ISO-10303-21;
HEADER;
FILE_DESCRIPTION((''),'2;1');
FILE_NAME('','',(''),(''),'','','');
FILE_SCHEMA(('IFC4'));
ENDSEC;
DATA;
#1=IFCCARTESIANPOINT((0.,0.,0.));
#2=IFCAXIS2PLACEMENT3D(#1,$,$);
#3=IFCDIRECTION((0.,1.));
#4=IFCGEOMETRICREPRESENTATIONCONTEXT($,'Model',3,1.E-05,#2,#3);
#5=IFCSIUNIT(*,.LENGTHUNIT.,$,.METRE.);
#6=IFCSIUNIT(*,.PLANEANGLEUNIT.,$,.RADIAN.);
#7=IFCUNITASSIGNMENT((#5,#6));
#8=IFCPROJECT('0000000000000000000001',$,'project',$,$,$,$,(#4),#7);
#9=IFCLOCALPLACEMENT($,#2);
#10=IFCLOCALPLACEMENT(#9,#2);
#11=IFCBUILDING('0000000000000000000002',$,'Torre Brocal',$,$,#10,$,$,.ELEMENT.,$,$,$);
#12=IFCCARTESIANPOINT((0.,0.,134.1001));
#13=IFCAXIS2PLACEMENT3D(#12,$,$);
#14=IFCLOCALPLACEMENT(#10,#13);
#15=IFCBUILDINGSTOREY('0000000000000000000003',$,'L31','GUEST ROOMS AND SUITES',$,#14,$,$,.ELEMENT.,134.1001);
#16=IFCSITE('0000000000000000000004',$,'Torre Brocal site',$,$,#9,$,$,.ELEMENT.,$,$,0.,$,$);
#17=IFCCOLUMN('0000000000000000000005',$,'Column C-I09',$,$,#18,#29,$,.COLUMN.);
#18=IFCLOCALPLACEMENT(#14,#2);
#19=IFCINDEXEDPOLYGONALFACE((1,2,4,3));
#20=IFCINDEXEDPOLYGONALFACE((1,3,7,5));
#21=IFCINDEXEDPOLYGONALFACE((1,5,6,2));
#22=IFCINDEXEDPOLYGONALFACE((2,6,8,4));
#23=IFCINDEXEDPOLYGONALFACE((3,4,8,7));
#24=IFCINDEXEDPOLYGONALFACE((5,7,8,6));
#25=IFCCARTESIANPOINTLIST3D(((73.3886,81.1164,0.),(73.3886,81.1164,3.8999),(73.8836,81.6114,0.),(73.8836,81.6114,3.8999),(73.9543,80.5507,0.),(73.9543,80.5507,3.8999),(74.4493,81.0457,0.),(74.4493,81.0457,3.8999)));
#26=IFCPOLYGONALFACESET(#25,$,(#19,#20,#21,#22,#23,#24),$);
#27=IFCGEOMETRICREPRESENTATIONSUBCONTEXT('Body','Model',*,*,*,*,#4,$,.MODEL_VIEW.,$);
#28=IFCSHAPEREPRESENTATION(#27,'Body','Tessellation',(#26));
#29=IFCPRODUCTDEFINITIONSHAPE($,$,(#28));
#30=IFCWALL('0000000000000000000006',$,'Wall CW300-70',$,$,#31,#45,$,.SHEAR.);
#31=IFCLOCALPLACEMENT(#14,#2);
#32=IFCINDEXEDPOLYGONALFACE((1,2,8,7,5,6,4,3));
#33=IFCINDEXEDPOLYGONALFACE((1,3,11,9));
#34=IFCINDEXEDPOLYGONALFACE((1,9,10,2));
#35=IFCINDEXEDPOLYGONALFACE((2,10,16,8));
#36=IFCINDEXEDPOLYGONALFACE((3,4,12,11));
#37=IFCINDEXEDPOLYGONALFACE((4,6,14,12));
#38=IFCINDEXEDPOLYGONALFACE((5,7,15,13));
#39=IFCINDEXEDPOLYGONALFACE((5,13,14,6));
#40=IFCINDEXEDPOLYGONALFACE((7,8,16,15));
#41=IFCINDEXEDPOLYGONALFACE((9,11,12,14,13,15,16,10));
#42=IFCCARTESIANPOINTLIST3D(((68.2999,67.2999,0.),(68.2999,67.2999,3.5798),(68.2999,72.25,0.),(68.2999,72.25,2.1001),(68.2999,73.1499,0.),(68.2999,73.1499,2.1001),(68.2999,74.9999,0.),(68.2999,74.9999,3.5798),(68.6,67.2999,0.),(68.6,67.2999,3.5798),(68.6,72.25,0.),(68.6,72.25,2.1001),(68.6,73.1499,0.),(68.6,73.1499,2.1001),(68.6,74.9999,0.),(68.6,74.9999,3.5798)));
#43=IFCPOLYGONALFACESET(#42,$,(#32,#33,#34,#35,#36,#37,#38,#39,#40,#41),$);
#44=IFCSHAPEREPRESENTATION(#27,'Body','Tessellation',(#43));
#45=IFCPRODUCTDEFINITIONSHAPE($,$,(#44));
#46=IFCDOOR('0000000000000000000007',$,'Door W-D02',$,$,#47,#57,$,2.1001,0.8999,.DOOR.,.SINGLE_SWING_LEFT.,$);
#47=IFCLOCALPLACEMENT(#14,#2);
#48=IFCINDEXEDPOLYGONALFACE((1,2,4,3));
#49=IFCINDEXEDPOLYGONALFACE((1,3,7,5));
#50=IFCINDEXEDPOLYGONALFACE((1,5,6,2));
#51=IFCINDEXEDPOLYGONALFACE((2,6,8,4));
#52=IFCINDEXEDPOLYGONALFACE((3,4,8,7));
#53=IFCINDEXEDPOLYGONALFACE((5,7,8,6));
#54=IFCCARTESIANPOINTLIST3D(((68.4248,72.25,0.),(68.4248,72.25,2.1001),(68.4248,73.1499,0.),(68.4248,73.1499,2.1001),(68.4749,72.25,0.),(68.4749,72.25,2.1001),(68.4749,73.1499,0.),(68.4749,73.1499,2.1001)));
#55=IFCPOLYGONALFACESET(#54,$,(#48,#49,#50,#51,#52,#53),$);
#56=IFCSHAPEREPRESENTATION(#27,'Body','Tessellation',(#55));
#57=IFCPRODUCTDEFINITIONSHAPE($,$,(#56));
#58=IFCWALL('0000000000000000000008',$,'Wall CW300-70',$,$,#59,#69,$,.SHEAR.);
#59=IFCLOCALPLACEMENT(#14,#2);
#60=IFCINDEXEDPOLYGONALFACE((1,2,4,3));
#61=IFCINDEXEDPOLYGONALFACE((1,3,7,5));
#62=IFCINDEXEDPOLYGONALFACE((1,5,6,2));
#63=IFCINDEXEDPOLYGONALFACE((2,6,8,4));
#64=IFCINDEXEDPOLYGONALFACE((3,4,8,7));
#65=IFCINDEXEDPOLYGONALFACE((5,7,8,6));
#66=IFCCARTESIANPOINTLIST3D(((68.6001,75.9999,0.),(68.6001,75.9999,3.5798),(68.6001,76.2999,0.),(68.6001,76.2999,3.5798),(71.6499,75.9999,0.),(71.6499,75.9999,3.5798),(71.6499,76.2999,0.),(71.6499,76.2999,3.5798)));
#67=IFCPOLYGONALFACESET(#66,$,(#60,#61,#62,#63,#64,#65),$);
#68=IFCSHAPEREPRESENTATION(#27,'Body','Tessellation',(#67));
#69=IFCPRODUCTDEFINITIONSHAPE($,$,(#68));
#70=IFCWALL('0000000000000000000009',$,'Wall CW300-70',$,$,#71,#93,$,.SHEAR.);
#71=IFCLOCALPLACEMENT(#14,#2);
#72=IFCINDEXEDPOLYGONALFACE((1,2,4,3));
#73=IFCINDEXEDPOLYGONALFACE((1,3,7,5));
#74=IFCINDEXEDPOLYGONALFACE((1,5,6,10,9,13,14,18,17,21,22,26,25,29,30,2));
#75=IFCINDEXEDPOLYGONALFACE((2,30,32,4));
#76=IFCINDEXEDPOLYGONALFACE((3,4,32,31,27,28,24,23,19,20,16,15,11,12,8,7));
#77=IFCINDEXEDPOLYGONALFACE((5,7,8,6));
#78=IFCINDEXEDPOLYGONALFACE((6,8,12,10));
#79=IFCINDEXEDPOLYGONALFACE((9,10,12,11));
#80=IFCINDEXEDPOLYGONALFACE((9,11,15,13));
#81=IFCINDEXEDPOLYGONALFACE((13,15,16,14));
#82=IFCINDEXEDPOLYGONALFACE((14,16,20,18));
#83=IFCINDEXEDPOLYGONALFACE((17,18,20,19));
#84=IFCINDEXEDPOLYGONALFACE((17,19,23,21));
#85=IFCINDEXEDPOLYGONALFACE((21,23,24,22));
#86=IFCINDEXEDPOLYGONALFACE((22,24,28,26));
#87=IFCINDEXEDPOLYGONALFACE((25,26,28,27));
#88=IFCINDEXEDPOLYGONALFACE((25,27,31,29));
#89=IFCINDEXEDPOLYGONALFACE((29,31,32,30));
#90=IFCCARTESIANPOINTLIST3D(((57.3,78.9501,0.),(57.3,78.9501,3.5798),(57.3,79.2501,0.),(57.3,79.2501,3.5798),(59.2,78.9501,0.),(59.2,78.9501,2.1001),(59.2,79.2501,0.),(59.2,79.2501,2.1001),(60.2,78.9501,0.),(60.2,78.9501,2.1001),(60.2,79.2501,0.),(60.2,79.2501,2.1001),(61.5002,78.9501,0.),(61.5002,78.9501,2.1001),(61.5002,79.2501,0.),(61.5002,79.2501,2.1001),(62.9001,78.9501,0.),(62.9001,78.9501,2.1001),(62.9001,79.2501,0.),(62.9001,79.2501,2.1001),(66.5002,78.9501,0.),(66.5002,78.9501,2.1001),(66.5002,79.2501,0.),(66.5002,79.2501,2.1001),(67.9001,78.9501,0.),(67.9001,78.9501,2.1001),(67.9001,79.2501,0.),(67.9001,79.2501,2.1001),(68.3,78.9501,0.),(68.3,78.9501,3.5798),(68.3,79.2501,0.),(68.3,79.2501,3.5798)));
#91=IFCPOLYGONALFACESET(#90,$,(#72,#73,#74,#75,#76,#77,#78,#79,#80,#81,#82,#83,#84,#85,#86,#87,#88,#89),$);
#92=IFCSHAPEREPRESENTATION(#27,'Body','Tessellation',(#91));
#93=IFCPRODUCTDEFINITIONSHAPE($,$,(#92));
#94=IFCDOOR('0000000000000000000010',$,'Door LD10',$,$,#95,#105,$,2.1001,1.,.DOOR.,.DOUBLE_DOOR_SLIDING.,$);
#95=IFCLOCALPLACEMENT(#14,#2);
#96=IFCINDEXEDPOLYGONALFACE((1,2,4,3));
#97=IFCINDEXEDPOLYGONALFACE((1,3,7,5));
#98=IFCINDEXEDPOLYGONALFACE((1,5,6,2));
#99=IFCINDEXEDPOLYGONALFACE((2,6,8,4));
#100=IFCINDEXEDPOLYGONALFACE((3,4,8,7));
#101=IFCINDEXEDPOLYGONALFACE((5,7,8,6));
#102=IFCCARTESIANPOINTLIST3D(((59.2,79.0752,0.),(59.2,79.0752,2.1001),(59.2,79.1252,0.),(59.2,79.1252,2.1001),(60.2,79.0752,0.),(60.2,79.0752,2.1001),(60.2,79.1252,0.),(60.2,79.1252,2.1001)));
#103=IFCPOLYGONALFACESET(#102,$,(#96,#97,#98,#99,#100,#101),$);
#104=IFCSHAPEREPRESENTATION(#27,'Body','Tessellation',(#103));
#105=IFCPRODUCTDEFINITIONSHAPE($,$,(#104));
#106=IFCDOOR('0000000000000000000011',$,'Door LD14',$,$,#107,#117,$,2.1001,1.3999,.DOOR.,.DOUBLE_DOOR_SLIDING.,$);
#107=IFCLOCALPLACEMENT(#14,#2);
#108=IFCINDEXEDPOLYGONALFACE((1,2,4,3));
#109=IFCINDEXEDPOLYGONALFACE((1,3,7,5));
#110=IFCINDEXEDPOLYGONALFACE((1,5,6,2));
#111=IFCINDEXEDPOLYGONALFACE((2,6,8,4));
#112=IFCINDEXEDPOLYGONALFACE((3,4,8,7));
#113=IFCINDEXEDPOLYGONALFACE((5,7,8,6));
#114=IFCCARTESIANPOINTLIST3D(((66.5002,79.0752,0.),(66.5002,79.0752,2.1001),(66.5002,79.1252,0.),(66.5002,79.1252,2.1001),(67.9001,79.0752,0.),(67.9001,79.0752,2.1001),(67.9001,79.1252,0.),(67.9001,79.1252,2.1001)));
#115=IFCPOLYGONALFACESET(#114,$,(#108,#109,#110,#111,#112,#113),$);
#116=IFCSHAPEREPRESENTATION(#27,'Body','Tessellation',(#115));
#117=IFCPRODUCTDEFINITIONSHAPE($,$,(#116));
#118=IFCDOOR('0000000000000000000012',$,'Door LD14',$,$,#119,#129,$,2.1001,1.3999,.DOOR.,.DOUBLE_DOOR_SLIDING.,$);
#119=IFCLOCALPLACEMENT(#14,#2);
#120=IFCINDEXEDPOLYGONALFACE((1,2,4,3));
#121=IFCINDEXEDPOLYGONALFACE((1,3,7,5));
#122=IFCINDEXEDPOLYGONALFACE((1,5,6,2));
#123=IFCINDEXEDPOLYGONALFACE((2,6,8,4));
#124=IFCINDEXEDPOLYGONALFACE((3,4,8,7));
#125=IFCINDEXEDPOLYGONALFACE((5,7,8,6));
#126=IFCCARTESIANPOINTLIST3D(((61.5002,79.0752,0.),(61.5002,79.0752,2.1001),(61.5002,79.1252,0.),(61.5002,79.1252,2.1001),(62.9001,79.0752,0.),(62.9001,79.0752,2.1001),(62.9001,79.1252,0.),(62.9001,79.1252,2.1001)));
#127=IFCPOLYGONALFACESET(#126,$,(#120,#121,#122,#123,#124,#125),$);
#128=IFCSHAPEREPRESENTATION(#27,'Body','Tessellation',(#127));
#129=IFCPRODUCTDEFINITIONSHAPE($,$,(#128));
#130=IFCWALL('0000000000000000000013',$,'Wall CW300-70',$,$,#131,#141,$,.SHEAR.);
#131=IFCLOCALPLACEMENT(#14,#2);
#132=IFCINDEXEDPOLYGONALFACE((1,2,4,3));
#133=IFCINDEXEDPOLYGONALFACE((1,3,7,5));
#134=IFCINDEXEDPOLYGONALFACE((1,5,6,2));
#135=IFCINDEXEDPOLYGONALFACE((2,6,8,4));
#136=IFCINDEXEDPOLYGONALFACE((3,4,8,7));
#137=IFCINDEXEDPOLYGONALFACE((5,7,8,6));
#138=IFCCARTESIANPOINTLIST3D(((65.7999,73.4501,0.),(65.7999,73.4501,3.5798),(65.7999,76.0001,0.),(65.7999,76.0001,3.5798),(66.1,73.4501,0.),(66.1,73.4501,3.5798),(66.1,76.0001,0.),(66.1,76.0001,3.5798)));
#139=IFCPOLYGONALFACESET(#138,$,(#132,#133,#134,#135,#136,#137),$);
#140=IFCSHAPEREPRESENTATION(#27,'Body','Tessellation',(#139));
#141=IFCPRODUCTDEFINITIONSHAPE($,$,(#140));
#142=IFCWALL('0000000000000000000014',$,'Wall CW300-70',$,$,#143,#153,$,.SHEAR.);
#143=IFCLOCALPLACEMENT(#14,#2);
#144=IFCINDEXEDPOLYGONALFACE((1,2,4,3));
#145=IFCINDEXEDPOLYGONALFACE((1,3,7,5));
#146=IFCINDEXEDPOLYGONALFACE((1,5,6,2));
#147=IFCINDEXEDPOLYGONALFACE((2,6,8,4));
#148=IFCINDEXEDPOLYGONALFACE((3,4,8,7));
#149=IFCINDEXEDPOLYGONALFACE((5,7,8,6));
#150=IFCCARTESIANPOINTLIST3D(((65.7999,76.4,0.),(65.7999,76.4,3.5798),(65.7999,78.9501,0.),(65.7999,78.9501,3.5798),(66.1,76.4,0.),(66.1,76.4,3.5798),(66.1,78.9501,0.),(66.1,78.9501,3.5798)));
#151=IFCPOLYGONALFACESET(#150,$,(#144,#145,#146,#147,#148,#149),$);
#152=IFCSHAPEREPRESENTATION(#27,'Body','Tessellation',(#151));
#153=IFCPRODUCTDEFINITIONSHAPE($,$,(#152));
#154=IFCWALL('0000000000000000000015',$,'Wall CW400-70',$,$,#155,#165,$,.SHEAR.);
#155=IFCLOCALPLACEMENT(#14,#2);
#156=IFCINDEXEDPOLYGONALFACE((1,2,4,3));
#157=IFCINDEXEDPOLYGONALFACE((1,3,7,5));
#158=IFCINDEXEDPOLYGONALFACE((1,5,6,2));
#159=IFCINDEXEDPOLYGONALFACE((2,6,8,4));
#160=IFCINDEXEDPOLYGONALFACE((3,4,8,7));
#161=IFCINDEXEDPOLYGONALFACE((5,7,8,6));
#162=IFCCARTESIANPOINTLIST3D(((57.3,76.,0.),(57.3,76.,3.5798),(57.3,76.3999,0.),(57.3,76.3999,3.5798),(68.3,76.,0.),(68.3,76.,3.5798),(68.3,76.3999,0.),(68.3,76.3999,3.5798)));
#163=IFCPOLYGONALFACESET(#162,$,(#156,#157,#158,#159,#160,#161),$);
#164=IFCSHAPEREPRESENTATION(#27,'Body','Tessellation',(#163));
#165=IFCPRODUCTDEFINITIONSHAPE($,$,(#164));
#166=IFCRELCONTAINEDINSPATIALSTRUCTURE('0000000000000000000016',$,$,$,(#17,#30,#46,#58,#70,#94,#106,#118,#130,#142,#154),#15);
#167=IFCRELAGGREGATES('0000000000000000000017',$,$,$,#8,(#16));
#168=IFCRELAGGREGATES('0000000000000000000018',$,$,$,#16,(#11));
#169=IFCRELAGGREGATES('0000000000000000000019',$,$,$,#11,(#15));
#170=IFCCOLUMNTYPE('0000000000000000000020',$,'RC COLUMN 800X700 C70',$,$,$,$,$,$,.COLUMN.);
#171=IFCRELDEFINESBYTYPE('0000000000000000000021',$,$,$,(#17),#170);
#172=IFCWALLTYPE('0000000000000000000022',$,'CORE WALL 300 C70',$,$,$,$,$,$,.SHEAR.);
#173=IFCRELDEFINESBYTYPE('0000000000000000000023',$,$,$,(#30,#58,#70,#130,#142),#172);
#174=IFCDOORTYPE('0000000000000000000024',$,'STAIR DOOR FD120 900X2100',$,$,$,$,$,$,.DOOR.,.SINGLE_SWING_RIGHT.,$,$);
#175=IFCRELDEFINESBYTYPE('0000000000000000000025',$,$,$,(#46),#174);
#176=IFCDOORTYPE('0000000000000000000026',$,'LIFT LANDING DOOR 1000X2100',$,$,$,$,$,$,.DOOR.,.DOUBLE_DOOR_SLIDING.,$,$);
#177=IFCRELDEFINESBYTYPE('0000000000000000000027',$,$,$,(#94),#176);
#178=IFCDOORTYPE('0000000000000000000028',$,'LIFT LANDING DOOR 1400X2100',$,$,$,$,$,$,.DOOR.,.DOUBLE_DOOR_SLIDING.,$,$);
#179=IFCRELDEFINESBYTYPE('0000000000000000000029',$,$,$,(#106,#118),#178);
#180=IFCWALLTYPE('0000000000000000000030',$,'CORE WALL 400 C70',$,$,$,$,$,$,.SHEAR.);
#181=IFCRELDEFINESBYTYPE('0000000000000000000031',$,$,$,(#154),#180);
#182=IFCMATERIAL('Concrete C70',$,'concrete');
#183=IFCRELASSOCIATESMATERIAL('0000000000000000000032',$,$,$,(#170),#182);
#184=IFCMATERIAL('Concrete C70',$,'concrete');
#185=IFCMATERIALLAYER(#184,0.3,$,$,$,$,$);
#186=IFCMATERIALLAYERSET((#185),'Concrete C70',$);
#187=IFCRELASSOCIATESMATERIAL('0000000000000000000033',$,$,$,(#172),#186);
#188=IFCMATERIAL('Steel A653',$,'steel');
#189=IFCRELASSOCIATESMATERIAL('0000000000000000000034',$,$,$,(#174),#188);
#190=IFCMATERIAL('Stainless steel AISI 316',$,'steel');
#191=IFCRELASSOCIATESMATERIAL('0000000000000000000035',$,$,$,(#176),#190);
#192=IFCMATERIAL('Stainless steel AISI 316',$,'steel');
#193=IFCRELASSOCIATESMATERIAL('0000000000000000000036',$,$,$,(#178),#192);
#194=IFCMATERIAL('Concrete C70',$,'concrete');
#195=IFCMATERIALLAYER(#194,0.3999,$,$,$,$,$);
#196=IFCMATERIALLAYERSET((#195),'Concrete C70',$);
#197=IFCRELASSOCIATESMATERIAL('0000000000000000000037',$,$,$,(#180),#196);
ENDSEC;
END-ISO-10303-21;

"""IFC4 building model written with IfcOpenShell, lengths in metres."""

from ifc_helpers import new_model, si_unit, direction, frame, frame_2d, origin, origin_2d, place, context, subcontext, project, spatial, rectangle, extrude, material, layer, layer_set, material_profile, profile_set, type_object, element, fill, save


model = new_model("IFC4")

# Units and contexts
model_context = context("Model", 3, precision=1e-05, world=origin(), true_north=direction((0.0, 1.0)))
body_context = subcontext(model_context, "Body", "Model", "MODEL_VIEW")
ifc_project = project(units=[si_unit("LENGTHUNIT", "METRE"), si_unit("PLANEANGLEUNIT", "RADIAN")], contexts=[model_context])

# Site, building, storey
site_placement = place(None, origin())
site = spatial("IfcSite", under=ifc_project, at=site_placement, Name="Torre Brocal site", CompositionType="ELEMENT", RefElevation=0.0)
building_placement = place(site_placement, origin())
building = spatial("IfcBuilding", under=site, at=building_placement, Name="Torre Brocal", CompositionType="ELEMENT")
storey_placement = place(building_placement, frame((0.0, 0.0, 134.1001)))
storey = spatial("IfcBuildingStorey", under=building, at=storey_placement, Name="L31", Description="GUEST ROOMS AND SUITES", CompositionType="ELEMENT", Elevation=134.1001)

# Column
ifc_material_1 = material(Name="Concrete C70", Category="concrete")
ifc_material_profile = material_profile(ifc_material_1, rectangle(XDim=0.8, YDim=0.7, at=origin_2d()), Name="RC 800X700")
ifc_profile_set = profile_set([ifc_material_profile], Name="Concrete C70")
column_type = type_object("IfcColumnType", Name="RC COLUMN 800X700 C70", PredefinedType="COLUMN", material=ifc_profile_set)
column_placement = place(storey_placement, frame((73.9189, 81.0811, 0.0), z_axis=(0.0, 0.0, 1.0), x_axis=(-0.707107, 0.707107, 0.0)))
element("IfcColumn", 1, at=column_placement, inside=storey, type_object=column_type, Name="Column C-I09", PredefinedType="COLUMN", context=body_context, shape_type="SweptSolid", body=[
    extrude(rectangle(XDim=0.8, YDim=0.7, at=origin_2d()), origin(), (0.0, 0.0, 1.0), 3.8999),
])

# Wall, opening, door
ifc_material_2 = material(Name="Concrete C70", Category="concrete")
ifc_layer_1 = layer(ifc_material_2, 0.3)
ifc_layer_set_1 = layer_set([ifc_layer_1], Name="Concrete C70")
wall_type_1 = type_object("IfcWallType", Name="CORE WALL 300 C70", PredefinedType="SHEAR", material=ifc_layer_set_1)
wall_1_placement = place(storey_placement, frame((68.45, 75.0, 0.0), z_axis=(0.0, 0.0, 1.0), x_axis=(0.0, -1.0, 0.0)))
wall_1 = element("IfcWall", 2, at=wall_1_placement, inside=storey, type_object=wall_type_1, Name="Wall CW300-70", PredefinedType="SHEAR", context=body_context, shape_type="SweptSolid", body=[
    extrude(rectangle(XDim=7.7, YDim=0.3, at=frame_2d((3.8501, 0.0))), origin(), (0.0, 0.0, 1.0), 3.5798),
])
opening_1_placement = place(wall_1_placement, frame((1.8501, 0.0, 0.0)))
opening_1 = element("IfcOpeningElement", 3, at=opening_1_placement, cuts=wall_1, PredefinedType="OPENING", context=body_context, shape_type="SweptSolid", body=[
    extrude(rectangle(XDim=0.8999, YDim=2.1001, at=frame_2d((0.45, 1.05))), frame((0.0, 0.1599, 0.0), z_axis=(0.0, -1.0, 0.0), x_axis=(1.0, 0.0, 0.0)), (0.0, 0.0, 1.0), 0.3201),
])
ifc_material_3 = material(Name="Steel A653", Category="steel")
door_type_1 = type_object("IfcDoorType", Name="STAIR DOOR FD120 900X2100", OperationType="SINGLE_SWING_RIGHT", PredefinedType="DOOR", material=ifc_material_3)
door_1_placement = place(opening_1_placement, origin())
door_1 = element("IfcDoor", 4, at=door_1_placement, inside=storey, type_object=door_type_1, Name="Door W-D02", OperationType="SINGLE_SWING_LEFT", OverallHeight=2.1001, OverallWidth=0.8999, PredefinedType="DOOR", context=body_context, shape_type="SweptSolid", body=[
    extrude(rectangle(XDim=0.8999, YDim=2.1001, at=frame_2d((0.45, 1.05))), frame((0.0, 0.0249, 0.0), z_axis=(0.0, -1.0, 0.0), x_axis=(1.0, 0.0, 0.0)), (0.0, 0.0, 1.0), 0.05),
])
fill(opening_1, door_1)

# Wall
wall_2_placement = place(storey_placement, frame((71.6499, 76.1499, 0.0), z_axis=(0.0, 0.0, 1.0), x_axis=(-1.0, 0.0, 0.0)))
element("IfcWall", 5, at=wall_2_placement, inside=storey, type_object=wall_type_1, Name="Wall CW300-70", PredefinedType="SHEAR", context=body_context, shape_type="SweptSolid", body=[
    extrude(rectangle(XDim=3.0498, YDim=0.3, at=frame_2d((1.5249, 0.0))), origin(), (0.0, 0.0, 1.0), 3.5798),
])

# Wall, openings, doors
wall_3_placement = place(storey_placement, frame((68.3, 79.1001, 0.0), z_axis=(0.0, 0.0, 1.0), x_axis=(-1.0, 0.0, 0.0)))
wall_3 = element("IfcWall", 6, at=wall_3_placement, inside=storey, type_object=wall_type_1, Name="Wall CW300-70", PredefinedType="SHEAR", context=body_context, shape_type="SweptSolid", body=[
    extrude(rectangle(XDim=11.0, YDim=0.3, at=frame_2d((5.5, 0.0))), origin(), (0.0, 0.0, 1.0), 3.5798),
])
opening_2_placement = place(wall_3_placement, frame((0.3999, 0.0, 0.0)))
opening_2 = element("IfcOpeningElement", 7, at=opening_2_placement, cuts=wall_3, PredefinedType="OPENING", context=body_context, shape_type="SweptSolid", body=[
    extrude(rectangle(XDim=1.3999, YDim=2.1001, at=frame_2d((0.7, 1.05))), frame((0.0, 0.1599, 0.0), z_axis=(0.0, -1.0, 0.0), x_axis=(1.0, 0.0, 0.0)), (0.0, 0.0, 1.0), 0.3201),
])
opening_3_placement = place(wall_3_placement, frame((5.3999, 0.0, 0.0)))
opening_3 = element("IfcOpeningElement", 8, at=opening_3_placement, cuts=wall_3, PredefinedType="OPENING", context=body_context, shape_type="SweptSolid", body=[
    extrude(rectangle(XDim=1.3999, YDim=2.1001, at=frame_2d((0.7, 1.05))), frame((0.0, 0.1599, 0.0), z_axis=(0.0, -1.0, 0.0), x_axis=(1.0, 0.0, 0.0)), (0.0, 0.0, 1.0), 0.3201),
])
opening_4_placement = place(wall_3_placement, frame((8.1001, 0.0, 0.0)))
opening_4 = element("IfcOpeningElement", 9, at=opening_4_placement, cuts=wall_3, PredefinedType="OPENING", context=body_context, shape_type="SweptSolid", body=[
    extrude(rectangle(XDim=1.0, YDim=2.1001, at=frame_2d((0.5, 1.05))), frame((0.0, 0.1599, 0.0), z_axis=(0.0, -1.0, 0.0), x_axis=(1.0, 0.0, 0.0)), (0.0, 0.0, 1.0), 0.3201),
])
ifc_material_4 = material(Name="Stainless steel AISI 316", Category="steel")
door_type_2 = type_object("IfcDoorType", Name="LIFT LANDING DOOR 1000X2100", OperationType="DOUBLE_DOOR_SLIDING", PredefinedType="DOOR", material=ifc_material_4)
door_2_placement = place(opening_4_placement, origin())
door_2 = element("IfcDoor", 10, at=door_2_placement, inside=storey, type_object=door_type_2, Name="Door LD10", OperationType="DOUBLE_DOOR_SLIDING", OverallHeight=2.1001, OverallWidth=1.0, PredefinedType="DOOR", context=body_context, shape_type="SweptSolid", body=[
    extrude(rectangle(XDim=1.0, YDim=2.1001, at=frame_2d((0.5, 1.05))), frame((0.0, 0.0249, 0.0), z_axis=(0.0, -1.0, 0.0), x_axis=(1.0, 0.0, 0.0)), (0.0, 0.0, 1.0), 0.05),
])
fill(opening_4, door_2)
ifc_material_5 = material(Name="Stainless steel AISI 316", Category="steel")
door_type_3 = type_object("IfcDoorType", Name="LIFT LANDING DOOR 1400X2100", OperationType="DOUBLE_DOOR_SLIDING", PredefinedType="DOOR", material=ifc_material_5)
door_3_placement = place(opening_2_placement, origin())
door_3 = element("IfcDoor", 11, at=door_3_placement, inside=storey, type_object=door_type_3, Name="Door LD14", OperationType="DOUBLE_DOOR_SLIDING", OverallHeight=2.1001, OverallWidth=1.3999, PredefinedType="DOOR", context=body_context, shape_type="SweptSolid", body=[
    extrude(rectangle(XDim=1.3999, YDim=2.1001, at=frame_2d((0.7, 1.05))), frame((0.0, 0.0249, 0.0), z_axis=(0.0, -1.0, 0.0), x_axis=(1.0, 0.0, 0.0)), (0.0, 0.0, 1.0), 0.05),
])
fill(opening_2, door_3)
door_4_placement = place(opening_3_placement, origin())
door_4 = element("IfcDoor", 12, at=door_4_placement, inside=storey, type_object=door_type_3, Name="Door LD14", OperationType="DOUBLE_DOOR_SLIDING", OverallHeight=2.1001, OverallWidth=1.3999, PredefinedType="DOOR", context=body_context, shape_type="SweptSolid", body=[
    extrude(rectangle(XDim=1.3999, YDim=2.1001, at=frame_2d((0.7, 1.05))), frame((0.0, 0.0249, 0.0), z_axis=(0.0, -1.0, 0.0), x_axis=(1.0, 0.0, 0.0)), (0.0, 0.0, 1.0), 0.05),
])
fill(opening_3, door_4)

# Walls
for number, where, z_axis, x_axis, name in (
    (13, (65.95, 76.0, 0.0), (0.0, 0.0, 1.0), (0.0, -1.0, 0.0), "Wall CW300-70"),
    (14, (65.95, 78.95, 0.0), (0.0, 0.0, 1.0), (0.0, -1.0, 0.0), "Wall CW300-70"),
):
    element("IfcWall", number, at=place(storey_placement, frame(where, z_axis=z_axis, x_axis=x_axis)), inside=storey, type_object=wall_type_1, Name=name, PredefinedType="SHEAR", context=body_context, shape_type="SweptSolid", body=[
        extrude(rectangle(XDim=2.55, YDim=0.3, at=frame_2d((1.2749, 0.0))), origin(), (0.0, 0.0, 1.0), 3.5798),
    ])
ifc_material_6 = material(Name="Concrete C70", Category="concrete")
ifc_layer_2 = layer(ifc_material_6, 0.3999)
ifc_layer_set_2 = layer_set([ifc_layer_2], Name="Concrete C70")
wall_type_2 = type_object("IfcWallType", Name="CORE WALL 400 C70", PredefinedType="SHEAR", material=ifc_layer_set_2)
wall_4_placement = place(storey_placement, frame((68.3, 76.2, 0.0), z_axis=(0.0, 0.0, 1.0), x_axis=(-1.0, 0.0, 0.0)))
element("IfcWall", 15, at=wall_4_placement, inside=storey, type_object=wall_type_2, Name="Wall CW400-70", PredefinedType="SHEAR", context=body_context, shape_type="SweptSolid", body=[
    extrude(rectangle(XDim=11.0, YDim=0.3999, at=frame_2d((5.5, 0.0))), origin(), (0.0, 0.0, 1.0), 3.5798),
])

save(model, "model.ifc")
